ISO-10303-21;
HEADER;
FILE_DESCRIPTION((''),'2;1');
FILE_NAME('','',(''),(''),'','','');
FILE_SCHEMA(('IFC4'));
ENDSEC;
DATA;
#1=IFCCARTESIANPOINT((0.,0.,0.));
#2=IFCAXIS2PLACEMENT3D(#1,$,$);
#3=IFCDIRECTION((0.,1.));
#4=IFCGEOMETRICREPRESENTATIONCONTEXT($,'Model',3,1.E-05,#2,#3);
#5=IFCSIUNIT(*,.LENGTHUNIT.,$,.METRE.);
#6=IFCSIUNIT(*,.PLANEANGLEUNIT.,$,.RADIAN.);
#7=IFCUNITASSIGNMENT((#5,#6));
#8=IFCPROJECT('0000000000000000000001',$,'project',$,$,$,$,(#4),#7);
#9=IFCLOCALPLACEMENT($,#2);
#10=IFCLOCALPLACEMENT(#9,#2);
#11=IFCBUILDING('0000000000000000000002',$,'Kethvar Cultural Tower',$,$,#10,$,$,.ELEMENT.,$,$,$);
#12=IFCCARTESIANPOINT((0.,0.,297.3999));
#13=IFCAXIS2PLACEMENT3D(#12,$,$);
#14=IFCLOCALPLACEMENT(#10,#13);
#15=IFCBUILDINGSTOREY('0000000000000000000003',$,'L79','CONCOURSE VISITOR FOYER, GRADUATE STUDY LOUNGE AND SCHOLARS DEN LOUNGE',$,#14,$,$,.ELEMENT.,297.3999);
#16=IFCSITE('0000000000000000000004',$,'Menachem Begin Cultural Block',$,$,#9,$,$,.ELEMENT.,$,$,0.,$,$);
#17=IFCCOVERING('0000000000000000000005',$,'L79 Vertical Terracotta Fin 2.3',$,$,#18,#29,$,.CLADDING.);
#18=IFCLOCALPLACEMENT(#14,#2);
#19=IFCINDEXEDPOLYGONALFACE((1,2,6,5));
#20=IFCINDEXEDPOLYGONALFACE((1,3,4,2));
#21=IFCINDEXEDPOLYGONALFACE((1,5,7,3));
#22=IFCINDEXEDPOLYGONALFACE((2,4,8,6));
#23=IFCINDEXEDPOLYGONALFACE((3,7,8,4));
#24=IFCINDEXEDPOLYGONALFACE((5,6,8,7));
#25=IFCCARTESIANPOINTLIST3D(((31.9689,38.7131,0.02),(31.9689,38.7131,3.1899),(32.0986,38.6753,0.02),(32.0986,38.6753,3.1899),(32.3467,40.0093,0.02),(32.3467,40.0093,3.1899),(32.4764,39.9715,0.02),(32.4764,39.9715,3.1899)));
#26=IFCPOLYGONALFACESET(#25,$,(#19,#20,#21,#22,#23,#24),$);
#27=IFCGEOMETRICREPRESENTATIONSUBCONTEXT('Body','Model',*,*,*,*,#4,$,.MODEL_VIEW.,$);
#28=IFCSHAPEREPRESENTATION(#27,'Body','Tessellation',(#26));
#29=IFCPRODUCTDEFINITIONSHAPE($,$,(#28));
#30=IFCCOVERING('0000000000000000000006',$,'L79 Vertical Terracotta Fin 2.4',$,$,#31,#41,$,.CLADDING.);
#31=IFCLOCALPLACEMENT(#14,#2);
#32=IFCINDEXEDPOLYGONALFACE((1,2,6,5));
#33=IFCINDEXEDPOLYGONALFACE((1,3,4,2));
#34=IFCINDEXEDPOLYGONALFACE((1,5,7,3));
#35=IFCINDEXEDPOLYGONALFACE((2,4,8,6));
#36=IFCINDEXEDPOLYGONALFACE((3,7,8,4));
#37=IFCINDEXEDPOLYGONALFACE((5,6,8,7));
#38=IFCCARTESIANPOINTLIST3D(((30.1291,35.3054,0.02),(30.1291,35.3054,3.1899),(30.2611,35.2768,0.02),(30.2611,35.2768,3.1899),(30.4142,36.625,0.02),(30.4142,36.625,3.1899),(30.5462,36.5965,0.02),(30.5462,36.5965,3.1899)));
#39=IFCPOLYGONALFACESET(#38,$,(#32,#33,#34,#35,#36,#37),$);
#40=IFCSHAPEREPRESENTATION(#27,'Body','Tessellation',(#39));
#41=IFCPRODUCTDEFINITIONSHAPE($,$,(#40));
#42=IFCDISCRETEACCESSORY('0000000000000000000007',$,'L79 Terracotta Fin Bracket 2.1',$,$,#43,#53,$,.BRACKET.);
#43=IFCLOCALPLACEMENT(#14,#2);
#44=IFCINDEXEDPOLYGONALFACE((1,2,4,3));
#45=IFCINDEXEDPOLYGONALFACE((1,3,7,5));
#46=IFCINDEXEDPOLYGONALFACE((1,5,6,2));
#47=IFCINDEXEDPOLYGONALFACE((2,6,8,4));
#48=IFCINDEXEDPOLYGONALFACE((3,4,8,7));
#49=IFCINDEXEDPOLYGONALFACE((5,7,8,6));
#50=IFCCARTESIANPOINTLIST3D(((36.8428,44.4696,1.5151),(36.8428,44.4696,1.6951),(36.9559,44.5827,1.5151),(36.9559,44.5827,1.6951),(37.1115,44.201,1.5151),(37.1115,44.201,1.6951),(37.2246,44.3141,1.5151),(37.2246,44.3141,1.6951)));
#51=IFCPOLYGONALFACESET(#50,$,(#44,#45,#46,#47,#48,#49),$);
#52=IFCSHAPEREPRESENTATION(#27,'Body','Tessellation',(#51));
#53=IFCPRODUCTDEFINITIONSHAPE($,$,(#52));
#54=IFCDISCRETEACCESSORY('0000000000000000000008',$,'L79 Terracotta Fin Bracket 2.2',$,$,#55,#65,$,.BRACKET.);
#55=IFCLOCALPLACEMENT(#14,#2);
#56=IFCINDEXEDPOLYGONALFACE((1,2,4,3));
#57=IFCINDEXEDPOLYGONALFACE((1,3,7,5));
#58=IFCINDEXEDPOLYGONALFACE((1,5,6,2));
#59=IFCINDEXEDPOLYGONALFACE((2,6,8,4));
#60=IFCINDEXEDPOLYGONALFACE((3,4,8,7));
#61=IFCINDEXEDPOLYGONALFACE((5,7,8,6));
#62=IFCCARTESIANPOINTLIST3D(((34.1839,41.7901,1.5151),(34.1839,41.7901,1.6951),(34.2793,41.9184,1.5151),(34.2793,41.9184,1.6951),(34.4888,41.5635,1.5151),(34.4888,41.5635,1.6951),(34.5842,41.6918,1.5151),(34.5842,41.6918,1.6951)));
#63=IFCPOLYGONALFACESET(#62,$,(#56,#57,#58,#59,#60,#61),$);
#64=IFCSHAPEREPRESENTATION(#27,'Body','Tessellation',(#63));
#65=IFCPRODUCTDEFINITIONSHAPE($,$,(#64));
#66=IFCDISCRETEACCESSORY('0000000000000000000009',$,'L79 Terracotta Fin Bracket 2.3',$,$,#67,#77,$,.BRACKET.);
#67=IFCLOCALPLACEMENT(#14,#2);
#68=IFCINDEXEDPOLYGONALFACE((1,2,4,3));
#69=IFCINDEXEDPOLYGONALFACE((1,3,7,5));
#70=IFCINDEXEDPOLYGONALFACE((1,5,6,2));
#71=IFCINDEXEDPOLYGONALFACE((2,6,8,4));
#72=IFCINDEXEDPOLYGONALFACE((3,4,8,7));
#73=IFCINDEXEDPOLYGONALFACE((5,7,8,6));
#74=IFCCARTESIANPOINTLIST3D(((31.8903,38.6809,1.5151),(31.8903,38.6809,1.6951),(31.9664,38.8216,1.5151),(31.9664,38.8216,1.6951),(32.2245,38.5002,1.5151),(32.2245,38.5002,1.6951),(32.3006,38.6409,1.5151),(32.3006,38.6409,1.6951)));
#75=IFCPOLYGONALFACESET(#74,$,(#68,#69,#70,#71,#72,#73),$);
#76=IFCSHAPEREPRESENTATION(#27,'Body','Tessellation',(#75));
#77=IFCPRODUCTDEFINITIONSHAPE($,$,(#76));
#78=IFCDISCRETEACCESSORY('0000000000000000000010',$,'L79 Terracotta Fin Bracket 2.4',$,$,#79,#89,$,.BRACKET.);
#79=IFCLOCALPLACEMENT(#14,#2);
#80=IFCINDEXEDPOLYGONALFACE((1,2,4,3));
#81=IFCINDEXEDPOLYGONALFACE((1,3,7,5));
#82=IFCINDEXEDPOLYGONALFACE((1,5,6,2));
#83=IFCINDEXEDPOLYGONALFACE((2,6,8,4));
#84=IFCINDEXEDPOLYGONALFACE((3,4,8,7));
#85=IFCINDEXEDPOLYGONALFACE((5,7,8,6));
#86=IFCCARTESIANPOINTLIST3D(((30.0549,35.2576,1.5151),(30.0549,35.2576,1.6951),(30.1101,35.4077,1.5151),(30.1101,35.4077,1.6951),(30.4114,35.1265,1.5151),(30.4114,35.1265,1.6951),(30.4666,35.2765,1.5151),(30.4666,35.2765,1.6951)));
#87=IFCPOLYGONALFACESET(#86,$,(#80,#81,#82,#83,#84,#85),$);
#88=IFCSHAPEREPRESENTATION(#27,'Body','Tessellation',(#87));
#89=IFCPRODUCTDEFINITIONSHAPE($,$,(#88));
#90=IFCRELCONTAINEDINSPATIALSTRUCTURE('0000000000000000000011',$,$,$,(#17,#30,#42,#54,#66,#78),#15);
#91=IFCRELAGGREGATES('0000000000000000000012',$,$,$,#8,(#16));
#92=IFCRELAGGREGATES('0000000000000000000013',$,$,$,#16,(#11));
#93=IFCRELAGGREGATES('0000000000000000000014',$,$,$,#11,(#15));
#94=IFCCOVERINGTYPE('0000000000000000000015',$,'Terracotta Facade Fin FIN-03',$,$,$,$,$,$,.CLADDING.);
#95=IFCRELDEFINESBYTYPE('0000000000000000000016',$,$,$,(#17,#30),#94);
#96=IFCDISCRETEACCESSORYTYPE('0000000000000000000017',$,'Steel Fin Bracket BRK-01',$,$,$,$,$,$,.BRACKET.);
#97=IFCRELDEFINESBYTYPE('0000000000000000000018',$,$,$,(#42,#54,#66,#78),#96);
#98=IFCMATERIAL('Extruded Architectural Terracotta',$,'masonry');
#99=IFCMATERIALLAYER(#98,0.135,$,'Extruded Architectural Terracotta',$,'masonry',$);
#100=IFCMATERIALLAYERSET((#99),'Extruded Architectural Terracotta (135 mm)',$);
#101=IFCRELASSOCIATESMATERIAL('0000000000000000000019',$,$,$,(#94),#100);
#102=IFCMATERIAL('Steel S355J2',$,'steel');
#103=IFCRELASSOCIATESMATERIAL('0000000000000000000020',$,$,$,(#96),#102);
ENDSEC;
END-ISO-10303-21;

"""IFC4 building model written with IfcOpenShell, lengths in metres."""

from ifc_helpers import new_model, si_unit, direction, frame, origin, origin_2d, place, context, subcontext, project, spatial, rectangle, extrude, source, transform, mapped, material, layer, layer_set, type_object, element, save


model = new_model("IFC4")

# Units and contexts
model_context = context("Model", 3, precision=1e-05, world=origin(), true_north=direction((0.0, 1.0)))
body_context = subcontext(model_context, "Body", "Model", "MODEL_VIEW")
ifc_project = project(units=[si_unit("LENGTHUNIT", "METRE"), si_unit("PLANEANGLEUNIT", "RADIAN")], contexts=[model_context])

# Site, building, storey
site_placement = place(None, origin())
site = spatial("IfcSite", under=ifc_project, at=site_placement, Name="Menachem Begin Cultural Block", CompositionType="ELEMENT", RefElevation=0.0)
building_placement = place(site_placement, origin())
building = spatial("IfcBuilding", under=site, at=building_placement, Name="Kethvar Cultural Tower", CompositionType="ELEMENT")
storey_placement = place(building_placement, frame((0.0, 0.0, 297.3999)))
storey = spatial("IfcBuildingStorey", under=building, at=storey_placement, Name="L79", Description="CONCOURSE VISITOR FOYER, GRADUATE STUDY LOUNGE AND SCHOLARS DEN LOUNGE", CompositionType="ELEMENT", Elevation=297.3999)

# Shared definitions
ifc_material_1 = material(Name="Steel S355J2", Category="steel")

# Coverings
ifc_material_2 = material(Name="Extruded Architectural Terracotta", Category="masonry")
ifc_layer_1 = layer(ifc_material_2, 0.135, Name="Extruded Architectural Terracotta", Category="masonry")
ifc_layer_set_1 = layer_set([ifc_layer_1], Name="Extruded Architectural Terracotta (135 mm)")
covering_type = type_object("IfcCoveringType", Name="Terracotta Facade Fin FIN-03", PredefinedType="CLADDING", material=ifc_layer_set_1)
shared_shape_1 = source(origin(), body_context, "Body", "SweptSolid", [
    extrude(rectangle(XDim=1.3501, YDim=0.135, at=origin_2d()), origin(), (0.0, 0.0, 1.0), 3.1699),
])
for number, where, z_axis, x_axis, name in (
    (1, (32.2227, 39.3423, 0.02), (0.0, 0.0, 1.0), (0.279829, 0.96005, 0.0), "L79 Vertical Terracotta Fin 2.3"),
    (2, (30.3376, 35.9509, 0.02), (0.0, 0.0, 1.0), (0.211154, 0.977453, 0.0), "L79 Vertical Terracotta Fin 2.4"),
):
    element("IfcCovering", number, at=place(storey_placement, frame(where, z_axis=z_axis, x_axis=x_axis)), inside=storey, type_object=covering_type, Name=name, PredefinedType="CLADDING", context=body_context, shape_type="MappedRepresentation", body=[
        mapped(shared_shape_1, transform((0.0, 0.0, 0.0), scale=1.0)),
    ])

# Discrete accessories
discrete_accessory_type = type_object("IfcDiscreteAccessoryType", Name="Steel Fin Bracket BRK-01", PredefinedType="BRACKET", material=ifc_material_1)
shared_shape_2 = source(origin(), body_context, "Body", "SweptSolid", [
    extrude(rectangle(XDim=0.3799, YDim=0.1599, at=origin_2d()), origin(), (0.0, 0.0, 1.0), 0.1799),
])
for number, where, z_axis, x_axis, name in (
    (3, (37.0337, 44.3918, 1.5151), (0.0, 0.0, 1.0), (-0.70723, 0.706983, 0.0), "L79 Terracotta Fin Bracket 2.1"),
    (4, (34.384, 41.741, 1.5151), (0.0, 0.0, 1.0), (-0.802609, 0.596505, 0.0), "L79 Terracotta Fin Bracket 2.2"),
    (5, (32.0955, 38.6609, 1.5151), (0.0, 0.0, 1.0), (-0.879649, 0.475624, 0.0), "L79 Terracotta Fin Bracket 2.3"),
    (6, (30.2607, 35.2671, 1.5151), (0.0, 0.0, 1.0), (-0.938493, 0.345298, 0.0), "L79 Terracotta Fin Bracket 2.4"),
):
    element("IfcDiscreteAccessory", number, at=place(storey_placement, frame(where, z_axis=z_axis, x_axis=x_axis)), inside=storey, type_object=discrete_accessory_type, Name=name, PredefinedType="BRACKET", context=body_context, shape_type="MappedRepresentation", body=[
        mapped(shared_shape_2, transform((0.0, 0.0, 0.0), scale=1.0)),
    ])

save(model, "model.ifc")
